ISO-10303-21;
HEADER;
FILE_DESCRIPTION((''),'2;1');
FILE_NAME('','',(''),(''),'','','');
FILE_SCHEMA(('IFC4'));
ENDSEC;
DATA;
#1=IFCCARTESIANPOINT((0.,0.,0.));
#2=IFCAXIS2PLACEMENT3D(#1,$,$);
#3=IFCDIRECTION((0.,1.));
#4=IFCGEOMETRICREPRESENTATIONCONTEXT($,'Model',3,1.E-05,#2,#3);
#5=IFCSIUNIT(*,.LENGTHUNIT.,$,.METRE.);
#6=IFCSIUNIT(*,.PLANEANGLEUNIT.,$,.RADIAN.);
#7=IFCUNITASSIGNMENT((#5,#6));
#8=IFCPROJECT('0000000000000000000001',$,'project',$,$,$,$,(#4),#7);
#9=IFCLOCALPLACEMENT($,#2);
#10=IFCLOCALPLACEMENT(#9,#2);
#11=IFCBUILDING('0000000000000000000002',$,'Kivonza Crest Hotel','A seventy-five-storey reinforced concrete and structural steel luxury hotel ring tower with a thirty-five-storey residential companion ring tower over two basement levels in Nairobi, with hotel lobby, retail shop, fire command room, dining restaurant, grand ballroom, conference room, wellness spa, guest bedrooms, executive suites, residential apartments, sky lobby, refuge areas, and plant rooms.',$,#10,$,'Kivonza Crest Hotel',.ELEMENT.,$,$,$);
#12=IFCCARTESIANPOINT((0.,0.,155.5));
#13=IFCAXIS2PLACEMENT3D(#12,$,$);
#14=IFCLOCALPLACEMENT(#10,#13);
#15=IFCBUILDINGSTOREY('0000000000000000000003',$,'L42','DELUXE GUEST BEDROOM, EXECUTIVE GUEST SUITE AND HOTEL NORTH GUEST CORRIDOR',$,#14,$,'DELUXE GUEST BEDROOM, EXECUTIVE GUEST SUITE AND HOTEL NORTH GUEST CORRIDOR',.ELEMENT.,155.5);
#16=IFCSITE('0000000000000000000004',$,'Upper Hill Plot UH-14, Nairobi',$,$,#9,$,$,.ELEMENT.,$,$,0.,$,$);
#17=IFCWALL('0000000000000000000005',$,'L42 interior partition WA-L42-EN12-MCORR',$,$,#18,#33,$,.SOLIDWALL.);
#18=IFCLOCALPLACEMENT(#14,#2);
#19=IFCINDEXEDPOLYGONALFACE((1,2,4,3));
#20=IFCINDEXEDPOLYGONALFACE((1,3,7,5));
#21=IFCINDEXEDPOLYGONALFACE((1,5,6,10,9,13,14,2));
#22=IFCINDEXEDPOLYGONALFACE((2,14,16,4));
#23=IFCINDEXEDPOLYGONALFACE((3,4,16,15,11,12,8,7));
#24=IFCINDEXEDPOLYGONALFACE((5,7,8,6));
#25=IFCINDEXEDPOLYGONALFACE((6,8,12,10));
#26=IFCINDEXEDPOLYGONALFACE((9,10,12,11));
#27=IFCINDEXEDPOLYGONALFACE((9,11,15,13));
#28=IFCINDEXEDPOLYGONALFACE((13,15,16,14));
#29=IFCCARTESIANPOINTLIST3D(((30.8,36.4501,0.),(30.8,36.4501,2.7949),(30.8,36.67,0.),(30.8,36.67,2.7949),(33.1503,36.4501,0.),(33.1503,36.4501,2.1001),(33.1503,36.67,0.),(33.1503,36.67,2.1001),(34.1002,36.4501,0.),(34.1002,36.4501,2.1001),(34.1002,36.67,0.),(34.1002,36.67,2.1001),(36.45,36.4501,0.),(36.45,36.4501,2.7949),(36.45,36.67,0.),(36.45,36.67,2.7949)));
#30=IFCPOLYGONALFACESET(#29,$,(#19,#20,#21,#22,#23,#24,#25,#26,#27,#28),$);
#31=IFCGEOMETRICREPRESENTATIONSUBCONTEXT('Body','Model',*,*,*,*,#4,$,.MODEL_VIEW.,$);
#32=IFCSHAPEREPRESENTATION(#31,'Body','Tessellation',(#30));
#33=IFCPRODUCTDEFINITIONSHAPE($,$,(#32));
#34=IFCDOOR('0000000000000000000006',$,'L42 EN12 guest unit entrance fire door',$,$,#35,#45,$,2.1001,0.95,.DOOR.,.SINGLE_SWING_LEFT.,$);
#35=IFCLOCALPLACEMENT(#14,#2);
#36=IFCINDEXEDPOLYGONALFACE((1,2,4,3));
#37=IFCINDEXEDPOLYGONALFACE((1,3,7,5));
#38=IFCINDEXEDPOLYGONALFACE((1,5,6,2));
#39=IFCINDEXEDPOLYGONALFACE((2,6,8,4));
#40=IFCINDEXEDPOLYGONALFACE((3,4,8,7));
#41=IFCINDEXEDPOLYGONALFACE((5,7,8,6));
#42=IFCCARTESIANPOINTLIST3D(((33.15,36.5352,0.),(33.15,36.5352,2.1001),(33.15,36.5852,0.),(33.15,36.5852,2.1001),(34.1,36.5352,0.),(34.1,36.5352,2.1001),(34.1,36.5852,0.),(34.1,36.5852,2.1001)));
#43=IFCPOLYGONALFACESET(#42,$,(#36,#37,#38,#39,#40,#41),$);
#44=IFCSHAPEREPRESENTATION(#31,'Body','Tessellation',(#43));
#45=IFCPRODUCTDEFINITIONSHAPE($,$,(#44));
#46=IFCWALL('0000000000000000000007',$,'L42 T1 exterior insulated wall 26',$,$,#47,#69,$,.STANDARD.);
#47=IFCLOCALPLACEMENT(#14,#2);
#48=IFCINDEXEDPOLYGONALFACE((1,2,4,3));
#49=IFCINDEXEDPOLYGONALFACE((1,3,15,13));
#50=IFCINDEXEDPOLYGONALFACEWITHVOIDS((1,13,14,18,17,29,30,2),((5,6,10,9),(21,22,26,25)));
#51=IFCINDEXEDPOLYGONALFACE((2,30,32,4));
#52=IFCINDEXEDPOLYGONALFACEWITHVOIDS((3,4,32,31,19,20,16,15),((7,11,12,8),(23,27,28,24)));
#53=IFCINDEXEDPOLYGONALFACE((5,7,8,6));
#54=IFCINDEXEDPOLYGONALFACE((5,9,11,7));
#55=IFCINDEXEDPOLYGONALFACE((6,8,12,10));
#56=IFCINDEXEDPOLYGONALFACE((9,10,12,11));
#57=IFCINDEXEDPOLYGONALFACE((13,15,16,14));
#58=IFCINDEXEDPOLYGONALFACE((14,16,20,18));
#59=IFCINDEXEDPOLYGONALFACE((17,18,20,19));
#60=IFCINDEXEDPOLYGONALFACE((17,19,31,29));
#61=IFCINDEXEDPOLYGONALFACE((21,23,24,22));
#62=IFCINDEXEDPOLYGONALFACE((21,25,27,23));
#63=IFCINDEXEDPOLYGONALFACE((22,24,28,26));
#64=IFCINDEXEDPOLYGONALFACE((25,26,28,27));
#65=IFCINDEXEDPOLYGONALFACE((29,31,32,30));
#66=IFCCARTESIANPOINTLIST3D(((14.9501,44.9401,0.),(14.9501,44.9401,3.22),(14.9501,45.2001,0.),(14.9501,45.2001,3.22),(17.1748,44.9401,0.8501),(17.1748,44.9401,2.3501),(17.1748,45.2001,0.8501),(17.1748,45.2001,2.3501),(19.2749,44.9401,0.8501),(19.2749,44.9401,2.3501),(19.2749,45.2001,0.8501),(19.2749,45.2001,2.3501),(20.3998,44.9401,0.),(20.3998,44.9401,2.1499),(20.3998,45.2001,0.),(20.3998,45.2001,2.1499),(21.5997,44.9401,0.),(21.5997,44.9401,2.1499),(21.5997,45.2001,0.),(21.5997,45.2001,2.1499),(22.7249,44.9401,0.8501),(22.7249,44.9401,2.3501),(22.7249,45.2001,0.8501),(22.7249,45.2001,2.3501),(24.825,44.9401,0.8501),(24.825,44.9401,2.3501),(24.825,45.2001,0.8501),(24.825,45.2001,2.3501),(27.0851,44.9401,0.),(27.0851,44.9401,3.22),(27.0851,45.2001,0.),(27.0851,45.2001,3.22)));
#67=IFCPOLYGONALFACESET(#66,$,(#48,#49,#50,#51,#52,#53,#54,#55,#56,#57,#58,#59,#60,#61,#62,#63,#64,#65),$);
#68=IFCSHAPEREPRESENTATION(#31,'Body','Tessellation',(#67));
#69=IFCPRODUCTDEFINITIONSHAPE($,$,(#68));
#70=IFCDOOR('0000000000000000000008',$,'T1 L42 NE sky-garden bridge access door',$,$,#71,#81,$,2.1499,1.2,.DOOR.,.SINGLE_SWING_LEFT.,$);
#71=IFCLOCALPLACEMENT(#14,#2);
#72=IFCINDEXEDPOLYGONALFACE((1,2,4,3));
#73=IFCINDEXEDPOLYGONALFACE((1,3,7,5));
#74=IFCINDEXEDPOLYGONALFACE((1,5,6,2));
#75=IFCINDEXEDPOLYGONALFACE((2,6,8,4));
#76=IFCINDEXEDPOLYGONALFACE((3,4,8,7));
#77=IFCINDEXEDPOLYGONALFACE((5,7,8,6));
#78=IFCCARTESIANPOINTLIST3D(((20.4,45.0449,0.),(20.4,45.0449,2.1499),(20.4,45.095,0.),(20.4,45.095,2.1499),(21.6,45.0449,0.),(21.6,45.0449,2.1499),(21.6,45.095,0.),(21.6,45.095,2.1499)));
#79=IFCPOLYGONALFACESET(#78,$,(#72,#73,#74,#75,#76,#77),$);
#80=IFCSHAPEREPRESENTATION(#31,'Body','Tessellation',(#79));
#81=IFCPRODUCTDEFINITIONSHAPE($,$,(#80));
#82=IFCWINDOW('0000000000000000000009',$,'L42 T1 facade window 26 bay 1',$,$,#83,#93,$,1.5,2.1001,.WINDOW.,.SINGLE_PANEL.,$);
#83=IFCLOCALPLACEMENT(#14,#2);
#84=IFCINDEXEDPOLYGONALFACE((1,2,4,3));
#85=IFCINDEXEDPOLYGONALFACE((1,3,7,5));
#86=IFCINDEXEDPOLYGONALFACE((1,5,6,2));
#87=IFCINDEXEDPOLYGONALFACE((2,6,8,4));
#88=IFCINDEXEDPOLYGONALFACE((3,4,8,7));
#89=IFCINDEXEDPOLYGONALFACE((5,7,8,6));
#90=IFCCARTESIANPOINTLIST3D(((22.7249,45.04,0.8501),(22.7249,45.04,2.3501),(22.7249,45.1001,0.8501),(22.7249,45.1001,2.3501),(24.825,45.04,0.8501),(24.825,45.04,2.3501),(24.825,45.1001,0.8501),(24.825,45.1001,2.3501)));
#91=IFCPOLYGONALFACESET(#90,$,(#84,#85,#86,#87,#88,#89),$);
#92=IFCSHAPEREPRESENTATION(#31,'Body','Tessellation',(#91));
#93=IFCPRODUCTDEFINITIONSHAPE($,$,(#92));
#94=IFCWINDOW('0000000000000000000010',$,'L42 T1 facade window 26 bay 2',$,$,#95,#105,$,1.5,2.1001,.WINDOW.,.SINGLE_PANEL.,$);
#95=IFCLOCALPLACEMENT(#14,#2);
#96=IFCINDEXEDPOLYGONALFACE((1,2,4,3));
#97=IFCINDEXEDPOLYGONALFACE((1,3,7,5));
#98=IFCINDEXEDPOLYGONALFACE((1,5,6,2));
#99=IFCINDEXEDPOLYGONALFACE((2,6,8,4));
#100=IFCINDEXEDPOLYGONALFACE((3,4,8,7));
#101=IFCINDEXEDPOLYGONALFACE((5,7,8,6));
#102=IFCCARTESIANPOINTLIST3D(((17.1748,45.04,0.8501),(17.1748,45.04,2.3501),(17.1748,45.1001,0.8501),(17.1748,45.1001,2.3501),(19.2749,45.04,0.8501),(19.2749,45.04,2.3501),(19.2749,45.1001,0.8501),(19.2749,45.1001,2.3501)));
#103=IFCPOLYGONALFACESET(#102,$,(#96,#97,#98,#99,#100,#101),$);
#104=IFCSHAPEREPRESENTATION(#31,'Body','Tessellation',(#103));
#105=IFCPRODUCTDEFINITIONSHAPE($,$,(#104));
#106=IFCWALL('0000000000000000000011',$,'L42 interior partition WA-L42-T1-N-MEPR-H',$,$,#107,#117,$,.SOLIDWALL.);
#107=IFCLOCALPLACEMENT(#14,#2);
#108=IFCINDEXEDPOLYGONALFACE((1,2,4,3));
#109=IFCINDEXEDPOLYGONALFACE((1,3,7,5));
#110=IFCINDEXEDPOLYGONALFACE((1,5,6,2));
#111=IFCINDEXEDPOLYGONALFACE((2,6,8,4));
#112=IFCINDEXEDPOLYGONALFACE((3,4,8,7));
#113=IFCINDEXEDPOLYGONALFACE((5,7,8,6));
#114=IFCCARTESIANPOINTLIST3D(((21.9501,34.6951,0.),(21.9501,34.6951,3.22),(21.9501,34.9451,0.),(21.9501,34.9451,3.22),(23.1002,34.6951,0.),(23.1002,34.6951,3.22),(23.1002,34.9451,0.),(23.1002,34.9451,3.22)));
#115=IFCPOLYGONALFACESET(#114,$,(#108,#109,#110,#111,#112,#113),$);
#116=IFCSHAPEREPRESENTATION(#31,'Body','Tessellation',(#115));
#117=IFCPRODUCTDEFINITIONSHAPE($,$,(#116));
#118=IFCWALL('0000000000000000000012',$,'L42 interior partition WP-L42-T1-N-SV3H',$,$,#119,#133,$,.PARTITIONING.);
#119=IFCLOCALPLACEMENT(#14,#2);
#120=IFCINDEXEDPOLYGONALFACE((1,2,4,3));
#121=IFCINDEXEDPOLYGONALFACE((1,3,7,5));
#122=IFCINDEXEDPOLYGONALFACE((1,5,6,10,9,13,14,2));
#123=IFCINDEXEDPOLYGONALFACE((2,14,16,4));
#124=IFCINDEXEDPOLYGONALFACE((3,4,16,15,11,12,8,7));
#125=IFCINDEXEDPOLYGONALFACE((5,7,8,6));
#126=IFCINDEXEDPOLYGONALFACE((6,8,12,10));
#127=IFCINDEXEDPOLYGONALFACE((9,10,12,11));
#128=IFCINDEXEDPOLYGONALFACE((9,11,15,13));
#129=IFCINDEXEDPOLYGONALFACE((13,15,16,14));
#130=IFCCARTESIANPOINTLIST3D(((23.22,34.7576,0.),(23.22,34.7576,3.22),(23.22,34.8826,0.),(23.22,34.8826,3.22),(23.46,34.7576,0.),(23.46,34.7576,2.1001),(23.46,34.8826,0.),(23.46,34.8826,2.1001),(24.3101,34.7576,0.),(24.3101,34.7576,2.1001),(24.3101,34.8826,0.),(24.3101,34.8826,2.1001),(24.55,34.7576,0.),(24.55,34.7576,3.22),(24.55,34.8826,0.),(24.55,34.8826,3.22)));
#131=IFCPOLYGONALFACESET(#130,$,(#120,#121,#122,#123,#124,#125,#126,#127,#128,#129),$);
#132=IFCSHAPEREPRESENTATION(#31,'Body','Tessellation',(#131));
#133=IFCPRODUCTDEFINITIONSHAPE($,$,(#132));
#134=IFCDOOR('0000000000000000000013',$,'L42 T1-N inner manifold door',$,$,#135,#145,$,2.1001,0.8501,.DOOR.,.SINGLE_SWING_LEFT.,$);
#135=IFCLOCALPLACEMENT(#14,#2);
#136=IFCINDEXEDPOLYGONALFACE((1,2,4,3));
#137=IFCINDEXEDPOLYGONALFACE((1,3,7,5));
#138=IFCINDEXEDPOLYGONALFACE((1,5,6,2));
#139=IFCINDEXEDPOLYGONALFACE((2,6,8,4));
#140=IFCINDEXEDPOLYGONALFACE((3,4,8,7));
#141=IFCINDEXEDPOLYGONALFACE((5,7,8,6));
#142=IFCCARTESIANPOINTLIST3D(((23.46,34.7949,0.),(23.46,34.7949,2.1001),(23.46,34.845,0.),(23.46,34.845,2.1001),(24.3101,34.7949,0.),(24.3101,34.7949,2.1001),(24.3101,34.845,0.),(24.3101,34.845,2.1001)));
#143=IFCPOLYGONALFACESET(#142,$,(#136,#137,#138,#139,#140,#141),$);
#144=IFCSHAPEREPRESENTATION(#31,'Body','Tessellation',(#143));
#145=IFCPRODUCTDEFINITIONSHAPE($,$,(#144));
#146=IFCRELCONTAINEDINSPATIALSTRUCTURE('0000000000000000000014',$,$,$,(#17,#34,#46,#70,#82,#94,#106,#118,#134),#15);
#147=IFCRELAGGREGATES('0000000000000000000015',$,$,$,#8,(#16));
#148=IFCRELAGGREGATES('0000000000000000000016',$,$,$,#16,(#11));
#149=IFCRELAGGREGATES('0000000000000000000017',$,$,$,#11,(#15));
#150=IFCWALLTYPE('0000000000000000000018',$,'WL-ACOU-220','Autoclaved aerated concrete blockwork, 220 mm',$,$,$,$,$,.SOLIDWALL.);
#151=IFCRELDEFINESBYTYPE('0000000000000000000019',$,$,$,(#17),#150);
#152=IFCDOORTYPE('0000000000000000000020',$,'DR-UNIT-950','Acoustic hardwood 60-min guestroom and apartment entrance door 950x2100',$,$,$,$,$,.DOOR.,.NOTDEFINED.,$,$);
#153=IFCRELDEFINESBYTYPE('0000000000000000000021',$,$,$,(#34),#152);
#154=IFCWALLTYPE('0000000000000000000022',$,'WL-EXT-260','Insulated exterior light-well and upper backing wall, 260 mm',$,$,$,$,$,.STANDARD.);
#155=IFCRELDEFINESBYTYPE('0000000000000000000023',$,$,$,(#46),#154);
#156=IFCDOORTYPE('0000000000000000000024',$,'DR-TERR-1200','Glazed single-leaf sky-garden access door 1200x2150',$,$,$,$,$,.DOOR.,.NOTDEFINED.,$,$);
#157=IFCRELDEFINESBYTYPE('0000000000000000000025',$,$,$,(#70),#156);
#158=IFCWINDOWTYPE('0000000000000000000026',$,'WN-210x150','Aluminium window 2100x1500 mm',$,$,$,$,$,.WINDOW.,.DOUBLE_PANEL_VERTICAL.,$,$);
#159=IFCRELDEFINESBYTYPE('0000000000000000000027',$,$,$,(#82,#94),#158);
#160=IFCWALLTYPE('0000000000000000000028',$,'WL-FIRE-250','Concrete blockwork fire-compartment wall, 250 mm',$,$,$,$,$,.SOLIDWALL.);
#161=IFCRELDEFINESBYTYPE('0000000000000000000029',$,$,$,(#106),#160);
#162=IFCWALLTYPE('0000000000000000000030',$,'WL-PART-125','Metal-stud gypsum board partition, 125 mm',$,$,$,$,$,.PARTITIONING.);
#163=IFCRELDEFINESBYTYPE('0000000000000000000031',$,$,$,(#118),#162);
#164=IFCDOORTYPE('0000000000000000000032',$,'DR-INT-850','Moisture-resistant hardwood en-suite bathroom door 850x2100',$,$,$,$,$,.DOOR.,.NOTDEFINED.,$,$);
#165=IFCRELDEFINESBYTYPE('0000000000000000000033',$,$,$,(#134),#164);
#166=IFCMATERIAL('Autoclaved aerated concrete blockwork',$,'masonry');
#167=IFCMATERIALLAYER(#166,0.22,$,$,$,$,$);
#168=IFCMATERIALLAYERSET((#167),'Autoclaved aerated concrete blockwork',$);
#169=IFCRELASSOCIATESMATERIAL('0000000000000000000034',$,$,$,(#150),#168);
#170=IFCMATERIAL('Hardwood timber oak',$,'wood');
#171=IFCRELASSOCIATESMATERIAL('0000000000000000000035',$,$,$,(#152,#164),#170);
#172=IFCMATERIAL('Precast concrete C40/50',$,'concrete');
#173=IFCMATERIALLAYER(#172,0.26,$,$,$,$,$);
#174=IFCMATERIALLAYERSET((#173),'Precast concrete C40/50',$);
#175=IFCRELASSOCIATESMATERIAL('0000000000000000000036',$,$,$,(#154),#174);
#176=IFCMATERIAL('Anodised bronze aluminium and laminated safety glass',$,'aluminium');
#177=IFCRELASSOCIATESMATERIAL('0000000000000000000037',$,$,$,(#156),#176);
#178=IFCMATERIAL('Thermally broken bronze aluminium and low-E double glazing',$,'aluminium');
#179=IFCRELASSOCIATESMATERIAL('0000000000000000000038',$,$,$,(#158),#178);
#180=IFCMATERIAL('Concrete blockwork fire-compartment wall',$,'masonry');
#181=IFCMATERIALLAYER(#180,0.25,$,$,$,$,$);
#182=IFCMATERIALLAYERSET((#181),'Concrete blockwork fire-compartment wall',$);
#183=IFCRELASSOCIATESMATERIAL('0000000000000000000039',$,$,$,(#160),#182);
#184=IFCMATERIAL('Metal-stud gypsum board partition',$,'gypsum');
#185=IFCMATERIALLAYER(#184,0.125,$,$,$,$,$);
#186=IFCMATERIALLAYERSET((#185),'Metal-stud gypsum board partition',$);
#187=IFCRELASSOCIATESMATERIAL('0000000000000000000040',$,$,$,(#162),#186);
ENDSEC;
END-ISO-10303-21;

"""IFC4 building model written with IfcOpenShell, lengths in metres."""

from ifc_helpers import new_model, si_unit, direction, frame, frame_2d, origin, place, context, subcontext, project, spatial, rectangle, extrude, material, layer, layer_set, type_object, element, fill, save


model = new_model("IFC4")

# Units and contexts
model_context = context("Model", 3, precision=1e-05, world=origin(), true_north=direction((0.0, 1.0)))
body_context = subcontext(model_context, "Body", "Model", "MODEL_VIEW")
ifc_project = project(units=[si_unit("LENGTHUNIT", "METRE"), si_unit("PLANEANGLEUNIT", "RADIAN")], contexts=[model_context])

# Site, building, storey
site_placement = place(None, origin())
site = spatial("IfcSite", under=ifc_project, at=site_placement, Name="Upper Hill Plot UH-14, Nairobi", CompositionType="ELEMENT", RefElevation=0.0)
building_placement = place(site_placement, origin())
building = spatial("IfcBuilding", under=site, at=building_placement, Name="Kivonza Crest Hotel", Description="A seventy-five-storey reinforced concrete and structural steel luxury hotel ring tower with a thirty-five-storey residential companion ring tower over two basement levels in Nairobi, with hotel lobby, retail shop, fire command room, dining restaurant, grand ballroom, conference room, wellness spa, guest bedrooms, executive suites, residential apartments, sky lobby, refuge areas, and plant rooms.", LongName="Kivonza Crest Hotel", CompositionType="ELEMENT")
storey_placement = place(building_placement, frame((0.0, 0.0, 155.5)))
storey = spatial("IfcBuildingStorey", under=building, at=storey_placement, Name="L42", Description="DELUXE GUEST BEDROOM, EXECUTIVE GUEST SUITE AND HOTEL NORTH GUEST CORRIDOR", LongName="DELUXE GUEST BEDROOM, EXECUTIVE GUEST SUITE AND HOTEL NORTH GUEST CORRIDOR", CompositionType="ELEMENT", Elevation=155.5)

# Shared definitions
ifc_material_1 = material(Name="Autoclaved aerated concrete blockwork", Category="masonry")
ifc_layer_1 = layer(ifc_material_1, 0.22)
ifc_layer_set_1 = layer_set([ifc_layer_1], Name="Autoclaved aerated concrete blockwork")
wall_type_1 = type_object("IfcWallType", Name="WL-ACOU-220", Description="Autoclaved aerated concrete blockwork, 220 mm", PredefinedType="SOLIDWALL", material=ifc_layer_set_1)

# Wall, opening, door
ifc_material_2 = material(Name="Hardwood timber oak", Category="wood")
door_type_1 = type_object("IfcDoorType", Name="DR-UNIT-950", Description="Acoustic hardwood 60-min guestroom and apartment entrance door 950x2100", OperationType="NOTDEFINED", PredefinedType="DOOR", material=ifc_material_2)
wall_1_placement = place(storey_placement, frame((30.8, 36.5601, 0.0), z_axis=(0.0, 0.0, 1.0), x_axis=(1.0, 0.0, 0.0)))
wall_1 = element("IfcWall", 1, at=wall_1_placement, inside=storey, type_object=wall_type_1, Name="L42 interior partition WA-L42-EN12-MCORR", PredefinedType="SOLIDWALL", context=body_context, shape_type="SweptSolid", body=[
    extrude(rectangle(XDim=5.6499, YDim=0.22, at=frame_2d((2.825, 0.0))), origin(), (0.0, 0.0, 1.0), 2.7949),
])
opening_1_placement = place(wall_1_placement, frame((2.3501, 0.0, 0.0)))
opening_1 = element("IfcOpeningElement", 2, at=opening_1_placement, cuts=wall_1, PredefinedType="OPENING", context=body_context, shape_type="SweptSolid", body=[
    extrude(rectangle(XDim=0.95, YDim=2.1001, at=frame_2d((0.4751, 1.05))), frame((0.0, 0.1201, 0.0), z_axis=(0.0, -1.0, 0.0), x_axis=(1.0, 0.0, 0.0)), (0.0, 0.0, 1.0), 0.24),
])
door_1_placement = place(opening_1_placement, frame((0.95, 0.0, 0.0), z_axis=(0.0, 0.0, 1.0), x_axis=(-1.0, 0.0, 0.0)))
door_1 = element("IfcDoor", 3, at=door_1_placement, inside=storey, type_object=door_type_1, Name="L42 EN12 guest unit entrance fire door", OperationType="SINGLE_SWING_LEFT", OverallHeight=2.1001, OverallWidth=0.95, PredefinedType="DOOR", context=body_context, shape_type="SweptSolid", body=[
    extrude(rectangle(XDim=0.95, YDim=2.1001, at=frame_2d((0.4751, 1.05))), frame((0.0, 0.0249, 0.0), z_axis=(0.0, -1.0, 0.0), x_axis=(1.0, 0.0, 0.0)), (0.0, 0.0, 1.0), 0.05),
])
fill(opening_1, door_1)

# Wall, openings, door, windows
ifc_material_3 = material(Name="Precast concrete C40/50", Category="concrete")
ifc_layer_2 = layer(ifc_material_3, 0.26)
ifc_layer_set_2 = layer_set([ifc_layer_2], Name="Precast concrete C40/50")
wall_type_2 = type_object("IfcWallType", Name="WL-EXT-260", Description="Insulated exterior light-well and upper backing wall, 260 mm", PredefinedType="STANDARD", material=ifc_layer_set_2)
wall_2_placement = place(storey_placement, frame((27.085, 45.0701, 0.0), z_axis=(0.0, 0.0, 1.0), x_axis=(-1.0, 0.0, 0.0)))
wall_2 = element("IfcWall", 4, at=wall_2_placement, inside=storey, type_object=wall_type_2, Name="L42 T1 exterior insulated wall 26", PredefinedType="STANDARD", context=body_context, shape_type="SweptSolid", body=[
    extrude(rectangle(XDim=12.135, YDim=0.26, at=frame_2d((6.0674, 0.0))), origin(), (0.0, 0.0, 1.0), 3.22),
])
opening_2_placement = place(wall_2_placement, frame((5.4851, 0.0, 0.0)))
opening_2 = element("IfcOpeningElement", 5, at=opening_2_placement, cuts=wall_2, PredefinedType="OPENING", context=body_context, shape_type="SweptSolid", body=[
    extrude(rectangle(XDim=1.2, YDim=2.1499, at=frame_2d((0.6001, 1.075))), frame((0.0, 0.1401, 0.0), z_axis=(0.0, -1.0, 0.0), x_axis=(1.0, 0.0, 0.0)), (0.0, 0.0, 1.0), 0.28),
])
opening_3_placement = place(wall_2_placement, frame((2.26, 0.0, 0.8501)))
opening_3 = element("IfcOpeningElement", 6, at=opening_3_placement, cuts=wall_2, PredefinedType="OPENING", context=body_context, shape_type="SweptSolid", body=[
    extrude(rectangle(XDim=2.1001, YDim=1.5, at=frame_2d((1.05, 0.75))), frame((0.0, 0.1401, 0.0), z_axis=(0.0, -1.0, 0.0), x_axis=(1.0, 0.0, 0.0)), (0.0, 0.0, 1.0), 0.28),
])
opening_4_placement = place(wall_2_placement, frame((7.8101, 0.0, 0.8501)))
opening_4 = element("IfcOpeningElement", 7, at=opening_4_placement, cuts=wall_2, PredefinedType="OPENING", context=body_context, shape_type="SweptSolid", body=[
    extrude(rectangle(XDim=2.1001, YDim=1.5, at=frame_2d((1.05, 0.75))), frame((0.0, 0.1401, 0.0), z_axis=(0.0, -1.0, 0.0), x_axis=(1.0, 0.0, 0.0)), (0.0, 0.0, 1.0), 0.28),
])
ifc_material_4 = material(Name="Anodised bronze aluminium and laminated safety glass", Category="aluminium")
door_type_2 = type_object("IfcDoorType", Name="DR-TERR-1200", Description="Glazed single-leaf sky-garden access door 1200x2150", OperationType="NOTDEFINED", PredefinedType="DOOR", material=ifc_material_4)
door_2_placement = place(opening_2_placement, frame((1.2, 0.0, 0.0), z_axis=(0.0, 0.0, 1.0), x_axis=(-1.0, 0.0, 0.0)))
door_2 = element("IfcDoor", 8, at=door_2_placement, inside=storey, type_object=door_type_2, Name="T1 L42 NE sky-garden bridge access door", OperationType="SINGLE_SWING_LEFT", OverallHeight=2.1499, OverallWidth=1.2, PredefinedType="DOOR", context=body_context, shape_type="SweptSolid", body=[
    extrude(rectangle(XDim=1.2, YDim=2.1499, at=frame_2d((0.6001, 1.075))), frame((0.0, 0.0249, 0.0), z_axis=(0.0, -1.0, 0.0), x_axis=(1.0, 0.0, 0.0)), (0.0, 0.0, 1.0), 0.05),
])
fill(opening_2, door_2)
ifc_material_5 = material(Name="Thermally broken bronze aluminium and low-E double glazing", Category="aluminium")
window_type = type_object("IfcWindowType", Name="WN-210x150", Description="Aluminium window 2100x1500 mm", PartitioningType="DOUBLE_PANEL_VERTICAL", PredefinedType="WINDOW", material=ifc_material_5)
window_1_placement = place(opening_3_placement, origin())
window_1 = element("IfcWindow", 9, at=window_1_placement, inside=storey, type_object=window_type, Name="L42 T1 facade window 26 bay 1", OverallHeight=1.5, OverallWidth=2.1001, PartitioningType="SINGLE_PANEL", PredefinedType="WINDOW", context=body_context, shape_type="SweptSolid", body=[
    extrude(rectangle(XDim=2.1001, YDim=1.5, at=frame_2d((1.05, 0.75))), frame((0.0, 0.03, 0.0), z_axis=(0.0, -1.0, 0.0), x_axis=(1.0, 0.0, 0.0)), (0.0, 0.0, 1.0), 0.0601),
])
fill(opening_3, window_1)
window_2_placement = place(opening_4_placement, origin())
window_2 = element("IfcWindow", 10, at=window_2_placement, inside=storey, type_object=window_type, Name="L42 T1 facade window 26 bay 2", OverallHeight=1.5, OverallWidth=2.1001, PartitioningType="SINGLE_PANEL", PredefinedType="WINDOW", context=body_context, shape_type="SweptSolid", body=[
    extrude(rectangle(XDim=2.1001, YDim=1.5, at=frame_2d((1.05, 0.75))), frame((0.0, 0.03, 0.0), z_axis=(0.0, -1.0, 0.0), x_axis=(1.0, 0.0, 0.0)), (0.0, 0.0, 1.0), 0.0601),
])
fill(opening_4, window_2)

# Wall
ifc_material_6 = material(Name="Concrete blockwork fire-compartment wall", Category="masonry")
ifc_layer_3 = layer(ifc_material_6, 0.25)
ifc_layer_set_3 = layer_set([ifc_layer_3], Name="Concrete blockwork fire-compartment wall")
wall_type_3 = type_object("IfcWallType", Name="WL-FIRE-250", Description="Concrete blockwork fire-compartment wall, 250 mm", PredefinedType="SOLIDWALL", material=ifc_layer_set_3)
wall_3_placement = place(storey_placement, frame((21.95, 34.8201, 0.0), z_axis=(0.0, 0.0, 1.0), x_axis=(1.0, 0.0, 0.0)))
element("IfcWall", 11, at=wall_3_placement, inside=storey, type_object=wall_type_3, Name="L42 interior partition WA-L42-T1-N-MEPR-H", PredefinedType="SOLIDWALL", context=body_context, shape_type="SweptSolid", body=[
    extrude(rectangle(XDim=1.1501, YDim=0.25, at=frame_2d((0.5752, 0.0))), origin(), (0.0, 0.0, 1.0), 3.22),
])

# Wall, opening, door
ifc_material_7 = material(Name="Metal-stud gypsum board partition", Category="gypsum")
ifc_layer_4 = layer(ifc_material_7, 0.125)
ifc_layer_set_4 = layer_set([ifc_layer_4], Name="Metal-stud gypsum board partition")
wall_type_4 = type_object("IfcWallType", Name="WL-PART-125", Description="Metal-stud gypsum board partition, 125 mm", PredefinedType="PARTITIONING", material=ifc_layer_set_4)
wall_4_placement = place(storey_placement, frame((23.22, 34.8201, 0.0), z_axis=(0.0, 0.0, 1.0), x_axis=(1.0, 0.0, 0.0)))
wall_4 = element("IfcWall", 12, at=wall_4_placement, inside=storey, type_object=wall_type_4, Name="L42 interior partition WP-L42-T1-N-SV3H", PredefinedType="PARTITIONING", context=body_context, shape_type="SweptSolid", body=[
    extrude(rectangle(XDim=1.3301, YDim=0.125, at=frame_2d((0.665, 0.0))), origin(), (0.0, 0.0, 1.0), 3.22),
])
opening_5_placement = place(wall_4_placement, frame((0.24, 0.0, 0.0)))
opening_5 = element("IfcOpeningElement", 13, at=opening_5_placement, cuts=wall_4, PredefinedType="OPENING", context=body_context, shape_type="SweptSolid", body=[
    extrude(rectangle(XDim=0.8501, YDim=2.1001, at=frame_2d((0.425, 1.05))), frame((0.0, 0.0725, 0.0), z_axis=(0.0, -1.0, 0.0), x_axis=(1.0, 0.0, 0.0)), (0.0, 0.0, 1.0), 0.145),
])
door_type_3 = type_object("IfcDoorType", Name="DR-INT-850", Description="Moisture-resistant hardwood en-suite bathroom door 850x2100", OperationType="NOTDEFINED", PredefinedType="DOOR", material=ifc_material_2)
door_3_placement = place(opening_5_placement, origin())
door_3 = element("IfcDoor", 14, at=door_3_placement, inside=storey, type_object=door_type_3, Name="L42 T1-N inner manifold door", OperationType="SINGLE_SWING_LEFT", OverallHeight=2.1001, OverallWidth=0.8501, PredefinedType="DOOR", context=body_context, shape_type="SweptSolid", body=[
    extrude(rectangle(XDim=0.8501, YDim=2.1001, at=frame_2d((0.425, 1.05))), frame((0.0, 0.0249, 0.0), z_axis=(0.0, -1.0, 0.0), x_axis=(1.0, 0.0, 0.0)), (0.0, 0.0, 1.0), 0.05),
])
fill(opening_5, door_3)

save(model, "model.ifc")
